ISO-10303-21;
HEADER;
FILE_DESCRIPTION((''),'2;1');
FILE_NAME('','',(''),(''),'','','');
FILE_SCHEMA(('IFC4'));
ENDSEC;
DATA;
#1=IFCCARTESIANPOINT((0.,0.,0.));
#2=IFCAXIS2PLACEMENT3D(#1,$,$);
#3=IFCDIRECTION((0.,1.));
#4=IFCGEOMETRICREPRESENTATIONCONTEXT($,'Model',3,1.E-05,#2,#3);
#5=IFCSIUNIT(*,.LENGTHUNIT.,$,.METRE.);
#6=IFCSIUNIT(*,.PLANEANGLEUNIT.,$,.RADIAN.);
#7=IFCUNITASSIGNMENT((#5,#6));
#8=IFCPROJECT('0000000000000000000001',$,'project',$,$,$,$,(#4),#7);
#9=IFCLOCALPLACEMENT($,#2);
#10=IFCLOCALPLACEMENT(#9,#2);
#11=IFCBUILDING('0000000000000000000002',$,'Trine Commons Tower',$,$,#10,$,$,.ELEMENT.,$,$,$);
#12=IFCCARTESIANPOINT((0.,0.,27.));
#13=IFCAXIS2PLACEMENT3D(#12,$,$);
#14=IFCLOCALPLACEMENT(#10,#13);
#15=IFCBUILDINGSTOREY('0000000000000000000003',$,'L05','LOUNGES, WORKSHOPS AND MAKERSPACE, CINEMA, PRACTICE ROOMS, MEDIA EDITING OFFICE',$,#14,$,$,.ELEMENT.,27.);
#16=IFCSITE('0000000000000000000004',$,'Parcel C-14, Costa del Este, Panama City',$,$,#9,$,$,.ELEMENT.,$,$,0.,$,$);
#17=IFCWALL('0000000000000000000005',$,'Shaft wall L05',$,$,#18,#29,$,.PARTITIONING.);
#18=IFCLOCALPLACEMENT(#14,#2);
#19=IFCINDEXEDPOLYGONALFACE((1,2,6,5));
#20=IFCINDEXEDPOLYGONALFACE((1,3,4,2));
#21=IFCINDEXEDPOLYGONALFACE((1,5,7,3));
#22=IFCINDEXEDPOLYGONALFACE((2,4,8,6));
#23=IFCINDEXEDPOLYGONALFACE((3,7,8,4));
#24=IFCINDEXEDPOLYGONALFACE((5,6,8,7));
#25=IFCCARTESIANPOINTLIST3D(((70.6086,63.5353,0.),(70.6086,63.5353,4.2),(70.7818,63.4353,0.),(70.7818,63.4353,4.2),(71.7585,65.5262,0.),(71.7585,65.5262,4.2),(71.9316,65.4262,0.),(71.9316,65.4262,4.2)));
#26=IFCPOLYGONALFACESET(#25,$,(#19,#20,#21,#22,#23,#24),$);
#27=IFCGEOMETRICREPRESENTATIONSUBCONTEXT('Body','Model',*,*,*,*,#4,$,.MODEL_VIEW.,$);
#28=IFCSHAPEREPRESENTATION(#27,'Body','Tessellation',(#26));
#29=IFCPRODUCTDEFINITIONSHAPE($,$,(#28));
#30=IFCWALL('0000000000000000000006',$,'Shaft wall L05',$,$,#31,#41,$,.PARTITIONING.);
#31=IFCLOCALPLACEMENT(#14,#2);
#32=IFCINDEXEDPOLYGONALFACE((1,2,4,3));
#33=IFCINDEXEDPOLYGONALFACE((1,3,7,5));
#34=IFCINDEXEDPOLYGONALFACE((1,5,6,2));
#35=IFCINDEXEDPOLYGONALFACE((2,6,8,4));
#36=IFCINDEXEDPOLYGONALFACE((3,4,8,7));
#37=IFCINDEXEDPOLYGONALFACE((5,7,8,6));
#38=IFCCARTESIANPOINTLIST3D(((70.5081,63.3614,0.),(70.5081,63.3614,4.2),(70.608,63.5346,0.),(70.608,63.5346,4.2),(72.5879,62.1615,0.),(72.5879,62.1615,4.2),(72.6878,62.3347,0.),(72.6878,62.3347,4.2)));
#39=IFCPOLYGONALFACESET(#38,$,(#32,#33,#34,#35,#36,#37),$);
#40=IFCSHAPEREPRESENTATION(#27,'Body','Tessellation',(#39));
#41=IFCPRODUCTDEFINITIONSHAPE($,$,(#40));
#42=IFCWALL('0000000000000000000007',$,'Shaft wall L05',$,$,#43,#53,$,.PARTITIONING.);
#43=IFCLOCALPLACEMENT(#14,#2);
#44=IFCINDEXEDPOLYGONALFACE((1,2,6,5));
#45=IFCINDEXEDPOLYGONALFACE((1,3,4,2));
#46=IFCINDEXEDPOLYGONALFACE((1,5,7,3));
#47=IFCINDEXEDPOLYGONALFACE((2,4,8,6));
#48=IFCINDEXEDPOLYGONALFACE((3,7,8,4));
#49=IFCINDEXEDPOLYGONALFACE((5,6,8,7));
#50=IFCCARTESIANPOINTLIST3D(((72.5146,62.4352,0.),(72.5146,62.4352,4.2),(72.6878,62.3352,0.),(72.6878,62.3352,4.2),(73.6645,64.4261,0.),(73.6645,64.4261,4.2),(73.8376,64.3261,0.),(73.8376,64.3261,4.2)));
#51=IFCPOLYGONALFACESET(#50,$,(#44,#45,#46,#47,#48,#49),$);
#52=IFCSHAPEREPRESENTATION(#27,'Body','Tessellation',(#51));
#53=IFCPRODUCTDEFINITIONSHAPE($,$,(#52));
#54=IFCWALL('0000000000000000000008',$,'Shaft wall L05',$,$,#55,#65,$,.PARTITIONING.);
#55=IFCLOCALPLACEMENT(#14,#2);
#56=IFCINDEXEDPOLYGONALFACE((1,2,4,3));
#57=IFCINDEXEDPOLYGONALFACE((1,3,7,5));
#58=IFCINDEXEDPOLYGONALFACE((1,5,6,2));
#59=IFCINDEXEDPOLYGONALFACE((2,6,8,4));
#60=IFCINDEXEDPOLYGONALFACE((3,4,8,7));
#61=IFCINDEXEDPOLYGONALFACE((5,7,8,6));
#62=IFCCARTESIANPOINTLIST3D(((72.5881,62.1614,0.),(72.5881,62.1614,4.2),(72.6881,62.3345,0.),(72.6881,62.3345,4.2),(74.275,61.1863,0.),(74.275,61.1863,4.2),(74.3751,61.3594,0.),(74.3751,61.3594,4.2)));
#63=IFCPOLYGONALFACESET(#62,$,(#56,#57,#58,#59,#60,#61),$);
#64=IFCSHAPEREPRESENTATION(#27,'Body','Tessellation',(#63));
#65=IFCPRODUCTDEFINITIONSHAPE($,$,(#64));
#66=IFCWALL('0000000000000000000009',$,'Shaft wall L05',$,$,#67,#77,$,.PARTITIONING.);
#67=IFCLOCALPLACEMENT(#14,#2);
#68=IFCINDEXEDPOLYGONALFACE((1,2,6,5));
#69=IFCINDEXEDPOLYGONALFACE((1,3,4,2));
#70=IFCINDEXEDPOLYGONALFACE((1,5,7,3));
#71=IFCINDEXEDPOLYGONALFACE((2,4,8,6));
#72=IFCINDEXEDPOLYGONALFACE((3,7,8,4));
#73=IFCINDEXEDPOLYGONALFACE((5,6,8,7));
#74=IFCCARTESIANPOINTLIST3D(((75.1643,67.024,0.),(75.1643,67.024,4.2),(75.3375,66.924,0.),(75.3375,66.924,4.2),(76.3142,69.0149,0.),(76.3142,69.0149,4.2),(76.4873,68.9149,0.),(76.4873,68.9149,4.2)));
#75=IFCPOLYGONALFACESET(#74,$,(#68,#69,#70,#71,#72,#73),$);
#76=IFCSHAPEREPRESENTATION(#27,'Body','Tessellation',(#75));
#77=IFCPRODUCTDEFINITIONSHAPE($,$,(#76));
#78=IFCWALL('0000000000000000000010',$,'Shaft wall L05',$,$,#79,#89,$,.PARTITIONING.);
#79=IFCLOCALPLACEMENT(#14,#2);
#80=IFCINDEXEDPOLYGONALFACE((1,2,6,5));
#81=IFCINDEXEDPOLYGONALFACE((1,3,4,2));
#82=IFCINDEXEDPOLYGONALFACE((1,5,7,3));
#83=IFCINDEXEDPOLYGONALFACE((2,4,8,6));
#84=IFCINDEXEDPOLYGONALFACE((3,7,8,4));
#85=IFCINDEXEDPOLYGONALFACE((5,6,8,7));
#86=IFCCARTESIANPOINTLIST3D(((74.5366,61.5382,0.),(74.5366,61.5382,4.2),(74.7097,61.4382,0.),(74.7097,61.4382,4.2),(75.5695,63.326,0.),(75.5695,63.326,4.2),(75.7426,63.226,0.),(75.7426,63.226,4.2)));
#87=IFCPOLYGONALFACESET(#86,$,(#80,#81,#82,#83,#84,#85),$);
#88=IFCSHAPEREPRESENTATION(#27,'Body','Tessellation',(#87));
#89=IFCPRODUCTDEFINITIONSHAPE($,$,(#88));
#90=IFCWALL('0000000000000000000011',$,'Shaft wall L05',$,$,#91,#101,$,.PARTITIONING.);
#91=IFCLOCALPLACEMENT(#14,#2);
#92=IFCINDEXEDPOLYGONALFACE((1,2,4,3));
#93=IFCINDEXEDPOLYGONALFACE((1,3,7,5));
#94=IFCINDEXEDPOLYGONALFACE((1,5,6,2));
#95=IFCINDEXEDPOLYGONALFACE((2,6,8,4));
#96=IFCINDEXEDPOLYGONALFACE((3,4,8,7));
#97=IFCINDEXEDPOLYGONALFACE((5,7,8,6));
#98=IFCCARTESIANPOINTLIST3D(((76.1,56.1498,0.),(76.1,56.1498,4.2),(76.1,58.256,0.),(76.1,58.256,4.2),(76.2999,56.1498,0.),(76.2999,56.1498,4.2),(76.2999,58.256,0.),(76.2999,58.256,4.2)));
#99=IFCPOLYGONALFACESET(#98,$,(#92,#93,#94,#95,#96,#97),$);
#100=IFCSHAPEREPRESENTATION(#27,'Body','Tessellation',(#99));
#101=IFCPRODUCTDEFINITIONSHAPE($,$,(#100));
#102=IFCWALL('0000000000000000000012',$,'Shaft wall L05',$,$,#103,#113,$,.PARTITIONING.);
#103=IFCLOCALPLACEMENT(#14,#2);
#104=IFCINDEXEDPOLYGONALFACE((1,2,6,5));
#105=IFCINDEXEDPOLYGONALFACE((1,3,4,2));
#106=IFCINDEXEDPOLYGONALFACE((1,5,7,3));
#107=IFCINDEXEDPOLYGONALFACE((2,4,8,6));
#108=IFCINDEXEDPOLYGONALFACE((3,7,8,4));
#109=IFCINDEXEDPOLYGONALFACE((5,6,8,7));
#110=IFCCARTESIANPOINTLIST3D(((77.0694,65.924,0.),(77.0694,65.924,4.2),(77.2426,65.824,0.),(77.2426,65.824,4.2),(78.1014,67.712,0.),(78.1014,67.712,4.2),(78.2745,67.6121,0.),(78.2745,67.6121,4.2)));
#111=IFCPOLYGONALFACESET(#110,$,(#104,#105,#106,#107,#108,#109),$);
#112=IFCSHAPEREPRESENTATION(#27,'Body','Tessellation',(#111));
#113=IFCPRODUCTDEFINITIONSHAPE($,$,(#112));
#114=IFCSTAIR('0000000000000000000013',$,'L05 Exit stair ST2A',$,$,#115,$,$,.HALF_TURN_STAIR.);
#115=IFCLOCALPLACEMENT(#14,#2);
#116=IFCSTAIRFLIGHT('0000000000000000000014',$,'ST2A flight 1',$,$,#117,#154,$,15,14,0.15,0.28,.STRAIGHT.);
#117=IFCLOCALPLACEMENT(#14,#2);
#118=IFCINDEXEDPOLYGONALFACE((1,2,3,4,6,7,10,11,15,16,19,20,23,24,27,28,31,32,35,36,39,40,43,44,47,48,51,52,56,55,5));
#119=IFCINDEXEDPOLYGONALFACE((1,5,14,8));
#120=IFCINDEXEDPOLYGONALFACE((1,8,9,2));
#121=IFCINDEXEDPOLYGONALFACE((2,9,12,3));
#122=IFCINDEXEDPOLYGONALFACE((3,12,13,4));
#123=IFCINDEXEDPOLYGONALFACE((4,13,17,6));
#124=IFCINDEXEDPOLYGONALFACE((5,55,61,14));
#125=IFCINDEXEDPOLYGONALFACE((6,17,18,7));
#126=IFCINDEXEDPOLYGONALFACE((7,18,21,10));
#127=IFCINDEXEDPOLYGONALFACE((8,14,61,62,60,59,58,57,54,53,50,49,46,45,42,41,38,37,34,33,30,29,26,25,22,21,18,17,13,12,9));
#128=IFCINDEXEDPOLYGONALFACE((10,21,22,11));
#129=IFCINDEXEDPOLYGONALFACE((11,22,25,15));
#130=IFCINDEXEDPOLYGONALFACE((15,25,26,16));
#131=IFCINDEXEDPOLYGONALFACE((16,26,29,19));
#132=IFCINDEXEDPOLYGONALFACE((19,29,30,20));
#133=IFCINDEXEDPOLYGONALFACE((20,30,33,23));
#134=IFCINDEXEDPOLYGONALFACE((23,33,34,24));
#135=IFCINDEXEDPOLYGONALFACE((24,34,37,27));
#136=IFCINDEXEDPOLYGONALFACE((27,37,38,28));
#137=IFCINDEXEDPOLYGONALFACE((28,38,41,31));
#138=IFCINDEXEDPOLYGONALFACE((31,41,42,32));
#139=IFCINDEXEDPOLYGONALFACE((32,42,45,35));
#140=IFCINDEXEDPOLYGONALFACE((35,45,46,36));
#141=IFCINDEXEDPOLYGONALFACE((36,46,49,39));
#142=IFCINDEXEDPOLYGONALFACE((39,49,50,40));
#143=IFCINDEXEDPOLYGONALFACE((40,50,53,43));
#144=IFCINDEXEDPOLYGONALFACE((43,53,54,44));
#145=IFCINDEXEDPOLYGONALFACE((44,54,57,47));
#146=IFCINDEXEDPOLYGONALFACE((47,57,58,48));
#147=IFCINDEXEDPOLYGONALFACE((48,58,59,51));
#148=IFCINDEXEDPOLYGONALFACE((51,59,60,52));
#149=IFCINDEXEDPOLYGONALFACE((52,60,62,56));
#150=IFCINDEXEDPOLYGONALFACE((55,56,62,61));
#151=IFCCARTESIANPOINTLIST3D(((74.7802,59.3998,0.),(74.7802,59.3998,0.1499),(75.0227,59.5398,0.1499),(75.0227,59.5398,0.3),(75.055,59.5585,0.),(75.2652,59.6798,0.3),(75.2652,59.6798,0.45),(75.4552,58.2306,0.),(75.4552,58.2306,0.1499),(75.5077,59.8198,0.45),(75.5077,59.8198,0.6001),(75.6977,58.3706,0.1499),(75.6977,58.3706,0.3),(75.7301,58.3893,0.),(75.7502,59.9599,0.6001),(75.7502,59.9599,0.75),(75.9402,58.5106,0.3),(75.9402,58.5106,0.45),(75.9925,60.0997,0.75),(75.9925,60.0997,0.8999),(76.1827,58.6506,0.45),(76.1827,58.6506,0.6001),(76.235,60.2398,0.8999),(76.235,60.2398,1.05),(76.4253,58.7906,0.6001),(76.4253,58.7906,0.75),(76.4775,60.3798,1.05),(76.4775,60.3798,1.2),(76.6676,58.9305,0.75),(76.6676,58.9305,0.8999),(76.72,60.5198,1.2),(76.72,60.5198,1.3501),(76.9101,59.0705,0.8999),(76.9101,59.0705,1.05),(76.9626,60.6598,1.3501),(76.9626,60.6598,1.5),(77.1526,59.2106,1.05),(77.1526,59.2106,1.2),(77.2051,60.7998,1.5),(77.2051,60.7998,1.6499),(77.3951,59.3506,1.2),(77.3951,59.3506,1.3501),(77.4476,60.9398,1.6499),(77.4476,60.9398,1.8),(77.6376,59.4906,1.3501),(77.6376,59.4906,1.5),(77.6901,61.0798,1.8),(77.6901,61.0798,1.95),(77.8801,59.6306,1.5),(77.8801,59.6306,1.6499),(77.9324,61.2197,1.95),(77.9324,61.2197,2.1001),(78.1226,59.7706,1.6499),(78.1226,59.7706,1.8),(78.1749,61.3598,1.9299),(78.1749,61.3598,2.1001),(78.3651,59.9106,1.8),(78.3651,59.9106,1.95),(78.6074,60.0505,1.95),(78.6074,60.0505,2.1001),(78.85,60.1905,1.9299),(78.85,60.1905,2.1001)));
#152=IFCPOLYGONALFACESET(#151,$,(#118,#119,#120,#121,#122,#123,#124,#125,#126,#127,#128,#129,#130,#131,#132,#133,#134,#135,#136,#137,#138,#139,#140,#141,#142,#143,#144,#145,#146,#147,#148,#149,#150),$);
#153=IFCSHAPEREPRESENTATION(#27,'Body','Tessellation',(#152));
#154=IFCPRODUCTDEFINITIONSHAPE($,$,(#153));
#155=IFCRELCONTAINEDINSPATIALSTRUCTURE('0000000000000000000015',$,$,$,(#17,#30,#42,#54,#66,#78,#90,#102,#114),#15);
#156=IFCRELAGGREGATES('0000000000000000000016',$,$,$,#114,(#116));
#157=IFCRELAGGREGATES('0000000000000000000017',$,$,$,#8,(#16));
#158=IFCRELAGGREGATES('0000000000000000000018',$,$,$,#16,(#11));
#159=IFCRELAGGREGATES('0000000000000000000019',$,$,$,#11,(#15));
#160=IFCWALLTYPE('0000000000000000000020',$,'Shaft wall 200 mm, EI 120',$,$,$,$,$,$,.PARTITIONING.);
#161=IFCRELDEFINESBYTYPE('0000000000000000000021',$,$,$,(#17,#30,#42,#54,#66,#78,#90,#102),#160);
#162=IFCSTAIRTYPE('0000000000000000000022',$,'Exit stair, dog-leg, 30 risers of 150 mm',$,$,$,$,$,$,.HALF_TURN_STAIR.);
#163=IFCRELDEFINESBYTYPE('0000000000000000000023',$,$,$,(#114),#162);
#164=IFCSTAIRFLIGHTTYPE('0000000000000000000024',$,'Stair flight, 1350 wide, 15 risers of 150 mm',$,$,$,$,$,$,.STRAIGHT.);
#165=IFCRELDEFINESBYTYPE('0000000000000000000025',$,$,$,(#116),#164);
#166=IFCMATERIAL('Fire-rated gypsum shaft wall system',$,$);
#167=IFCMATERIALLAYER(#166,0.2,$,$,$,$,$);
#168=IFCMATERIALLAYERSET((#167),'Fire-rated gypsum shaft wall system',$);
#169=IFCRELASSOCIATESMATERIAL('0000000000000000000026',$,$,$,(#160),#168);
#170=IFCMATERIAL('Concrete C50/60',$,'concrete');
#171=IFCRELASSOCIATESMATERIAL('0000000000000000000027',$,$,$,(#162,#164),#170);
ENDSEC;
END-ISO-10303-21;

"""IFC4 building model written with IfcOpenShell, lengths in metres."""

from ifc_helpers import new_model, si_unit, direction, frame, frame_2d, origin, place, context, subcontext, project, spatial, polyline, rectangle, outline, extrude, material, layer, layer_set, type_object, element, aggregate, save


model = new_model("IFC4")

# Units and contexts
model_context = context("Model", 3, precision=1e-05, world=origin(), true_north=direction((0.0, 1.0)))
body_context = subcontext(model_context, "Body", "Model", "MODEL_VIEW")
ifc_project = project(units=[si_unit("LENGTHUNIT", "METRE"), si_unit("PLANEANGLEUNIT", "RADIAN")], contexts=[model_context])

# Site, building, storey
site_placement = place(None, origin())
site = spatial("IfcSite", under=ifc_project, at=site_placement, Name="Parcel C-14, Costa del Este, Panama City", CompositionType="ELEMENT", RefElevation=0.0)
building_placement = place(site_placement, origin())
building = spatial("IfcBuilding", under=site, at=building_placement, Name="Trine Commons Tower", CompositionType="ELEMENT")
storey_placement = place(building_placement, frame((0.0, 0.0, 27.0)))
storey = spatial("IfcBuildingStorey", under=building, at=storey_placement, Name="L05", Description="LOUNGES, WORKSHOPS AND MAKERSPACE, CINEMA, PRACTICE ROOMS, MEDIA EDITING OFFICE", CompositionType="ELEMENT", Elevation=27.0)

# Shared definitions
ifc_material_1 = material(Name="Fire-rated gypsum shaft wall system")

# Walls
ifc_layer_1 = layer(ifc_material_1, 0.2)
ifc_layer_set_1 = layer_set([ifc_layer_1], Name="Fire-rated gypsum shaft wall system")
wall_type_1 = type_object("IfcWallType", Name="Shaft wall 200 mm, EI 120", PredefinedType="PARTITIONING", material=ifc_layer_set_1)
wall_1_placement = place(storey_placement, frame((71.845, 65.4761, 0.0), z_axis=(0.0, 0.0, 1.0), x_axis=(-0.500136, -0.865947, 0.0)))
element("IfcWall", 1, at=wall_1_placement, inside=storey, type_object=wall_type_1, Name="Shaft wall L05", PredefinedType="PARTITIONING", context=body_context, shape_type="SweptSolid", body=[
    extrude(rectangle(XDim=2.2991, YDim=0.2, at=frame_2d((1.1494, 0.0))), origin(), (0.0, 0.0, 1.0), 4.2),
])
wall_2_placement = place(storey_placement, frame((72.6379, 62.248, 0.0), z_axis=(0.0, 0.0, 1.0), x_axis=(-0.866177, 0.499737, 0.0)))
element("IfcWall", 2, at=wall_2_placement, inside=storey, type_object=wall_type_1, Name="Shaft wall L05", PredefinedType="PARTITIONING", context=body_context, shape_type="SweptSolid", body=[
    extrude(rectangle(XDim=2.4011, YDim=0.2, at=frame_2d((1.2007, 0.0))), origin(), (0.0, 0.0, 1.0), 4.2),
])
wall_3_placement = place(storey_placement, frame((73.751, 64.376, 0.0), z_axis=(0.0, 0.0, 1.0), x_axis=(-0.500136, -0.865947, 0.0)))
element("IfcWall", 3, at=wall_3_placement, inside=storey, type_object=wall_type_1, Name="Shaft wall L05", PredefinedType="PARTITIONING", context=body_context, shape_type="SweptSolid", body=[
    extrude(rectangle(XDim=2.2991, YDim=0.2, at=frame_2d((1.1494, 0.0))), origin(), (0.0, 0.0, 1.0), 4.2),
])
wall_4_placement = place(storey_placement, frame((74.325, 61.2729, 0.0), z_axis=(0.0, 0.0, 1.0), x_axis=(-0.865781, 0.500424, 0.0)))
element("IfcWall", 4, at=wall_4_placement, inside=storey, type_object=wall_type_1, Name="Shaft wall L05", PredefinedType="PARTITIONING", context=body_context, shape_type="SweptSolid", body=[
    extrude(rectangle(XDim=1.9485, YDim=0.2, at=frame_2d((0.9741, 0.0))), origin(), (0.0, 0.0, 1.0), 4.2),
])
wall_5_placement = place(storey_placement, frame((75.251, 66.9741, 0.0), z_axis=(0.0, 0.0, 1.0), x_axis=(0.500136, 0.865947, 0.0)))
element("IfcWall", 5, at=wall_5_placement, inside=storey, type_object=wall_type_1, Name="Shaft wall L05", PredefinedType="PARTITIONING", context=body_context, shape_type="SweptSolid", body=[
    extrude(rectangle(XDim=2.2991, YDim=0.2, at=frame_2d((1.1494, 0.0))), origin(), (0.0, 0.0, 1.0), 4.2),
])
wall_6_placement = place(storey_placement, frame((75.656, 63.2759, 0.0), z_axis=(0.0, 0.0, 1.0), x_axis=(-0.500272, -0.865868, 0.0)))
element("IfcWall", 6, at=wall_6_placement, inside=storey, type_object=wall_type_1, Name="Shaft wall L05", PredefinedType="PARTITIONING", context=body_context, shape_type="SweptSolid", body=[
    extrude(rectangle(XDim=2.0647, YDim=0.2, at=frame_2d((1.0322, 0.0))), origin(), (0.0, 0.0, 1.0), 4.2),
])
wall_7_placement = place(storey_placement, frame((76.2, 58.2561, 0.0), z_axis=(0.0, 0.0, 1.0), x_axis=(0.0, -1.0, 0.0)))
element("IfcWall", 7, at=wall_7_placement, inside=storey, type_object=wall_type_1, Name="Shaft wall L05", PredefinedType="PARTITIONING", context=body_context, shape_type="SweptSolid", body=[
    extrude(rectangle(XDim=2.1062, YDim=0.2, at=frame_2d((1.0532, 0.0))), origin(), (0.0, 0.0, 1.0), 4.2),
])
wall_8_placement = place(storey_placement, frame((77.156, 65.874, 0.0), z_axis=(0.0, 0.0, 1.0), x_axis=(0.499866, 0.866103, 0.0)))
element("IfcWall", 8, at=wall_8_placement, inside=storey, type_object=wall_type_1, Name="Shaft wall L05", PredefinedType="PARTITIONING", context=body_context, shape_type="SweptSolid", body=[
    extrude(rectangle(XDim=2.0645, YDim=0.2, at=frame_2d((1.0322, 0.0))), origin(), (0.0, 0.0, 1.0), 4.2),
])

# Stair, stair flight
ifc_material_2 = material(Name="Concrete C50/60", Category="concrete")
stair_type = type_object("IfcStairType", Name="Exit stair, dog-leg, 30 risers of 150 mm", PredefinedType="HALF_TURN_STAIR", material=ifc_material_2)
stair_placement = place(storey_placement, origin())
stair = element("IfcStair", 9, at=stair_placement, inside=storey, type_object=stair_type, Name="L05 Exit stair ST2A", PredefinedType="HALF_TURN_STAIR")
stair_flight_type = type_object("IfcStairFlightType", Name="Stair flight, 1350 wide, 15 risers of 150 mm", PredefinedType="STRAIGHT", material=ifc_material_2)
stair_flight_1_placement = place(storey_placement, frame((75.1177, 58.8152, 0.0), z_axis=(0.0, 0.0, 1.0), x_axis=(0.866025, 0.5, 0.0)))
stair_flight_1 = element("IfcStairFlight", 10, at=stair_flight_1_placement, type_object=stair_flight_type, Name="ST2A flight 1", NumberOfRisers=15, NumberOfTreads=14, PredefinedType="STRAIGHT", RiserHeight=0.15, TreadLength=0.28, context=body_context, shape_type="SweptSolid", body=[
    extrude(outline(polyline([(0.0, 0.0), (0.0, 0.1499), (0.28, 0.1499), (0.28, 0.3), (0.5601, 0.3), (0.5601, 0.45), (0.8401, 0.45), (0.8401, 0.6001), (1.1201, 0.6001), (1.1201, 0.75), (1.3999, 0.75), (1.3999, 0.8999), (1.6799, 0.8999), (1.6799, 1.05), (1.96, 1.05), (1.96, 1.2), (2.24, 1.2), (2.24, 1.3501), (2.52, 1.3501), (2.52, 1.5), (2.8, 1.5), (2.8, 1.6499), (3.0801, 1.6499), (3.0801, 1.8), (3.3601, 1.8), (3.3601, 1.95), (3.6399, 1.95), (3.6399, 2.1001), (3.9199, 2.1001), (3.9199, 2.25), (3.9199, 1.9299), (0.3174, 0.0), (0.0, 0.0)])), frame((0.0, 0.675, 0.0), z_axis=(0.0, -1.0, 0.0), x_axis=(1.0, 0.0, 0.0)), (0.0, 0.0, 1.0), 1.3501),
])
aggregate(stair, [stair_flight_1])

save(model, "model.ifc")
